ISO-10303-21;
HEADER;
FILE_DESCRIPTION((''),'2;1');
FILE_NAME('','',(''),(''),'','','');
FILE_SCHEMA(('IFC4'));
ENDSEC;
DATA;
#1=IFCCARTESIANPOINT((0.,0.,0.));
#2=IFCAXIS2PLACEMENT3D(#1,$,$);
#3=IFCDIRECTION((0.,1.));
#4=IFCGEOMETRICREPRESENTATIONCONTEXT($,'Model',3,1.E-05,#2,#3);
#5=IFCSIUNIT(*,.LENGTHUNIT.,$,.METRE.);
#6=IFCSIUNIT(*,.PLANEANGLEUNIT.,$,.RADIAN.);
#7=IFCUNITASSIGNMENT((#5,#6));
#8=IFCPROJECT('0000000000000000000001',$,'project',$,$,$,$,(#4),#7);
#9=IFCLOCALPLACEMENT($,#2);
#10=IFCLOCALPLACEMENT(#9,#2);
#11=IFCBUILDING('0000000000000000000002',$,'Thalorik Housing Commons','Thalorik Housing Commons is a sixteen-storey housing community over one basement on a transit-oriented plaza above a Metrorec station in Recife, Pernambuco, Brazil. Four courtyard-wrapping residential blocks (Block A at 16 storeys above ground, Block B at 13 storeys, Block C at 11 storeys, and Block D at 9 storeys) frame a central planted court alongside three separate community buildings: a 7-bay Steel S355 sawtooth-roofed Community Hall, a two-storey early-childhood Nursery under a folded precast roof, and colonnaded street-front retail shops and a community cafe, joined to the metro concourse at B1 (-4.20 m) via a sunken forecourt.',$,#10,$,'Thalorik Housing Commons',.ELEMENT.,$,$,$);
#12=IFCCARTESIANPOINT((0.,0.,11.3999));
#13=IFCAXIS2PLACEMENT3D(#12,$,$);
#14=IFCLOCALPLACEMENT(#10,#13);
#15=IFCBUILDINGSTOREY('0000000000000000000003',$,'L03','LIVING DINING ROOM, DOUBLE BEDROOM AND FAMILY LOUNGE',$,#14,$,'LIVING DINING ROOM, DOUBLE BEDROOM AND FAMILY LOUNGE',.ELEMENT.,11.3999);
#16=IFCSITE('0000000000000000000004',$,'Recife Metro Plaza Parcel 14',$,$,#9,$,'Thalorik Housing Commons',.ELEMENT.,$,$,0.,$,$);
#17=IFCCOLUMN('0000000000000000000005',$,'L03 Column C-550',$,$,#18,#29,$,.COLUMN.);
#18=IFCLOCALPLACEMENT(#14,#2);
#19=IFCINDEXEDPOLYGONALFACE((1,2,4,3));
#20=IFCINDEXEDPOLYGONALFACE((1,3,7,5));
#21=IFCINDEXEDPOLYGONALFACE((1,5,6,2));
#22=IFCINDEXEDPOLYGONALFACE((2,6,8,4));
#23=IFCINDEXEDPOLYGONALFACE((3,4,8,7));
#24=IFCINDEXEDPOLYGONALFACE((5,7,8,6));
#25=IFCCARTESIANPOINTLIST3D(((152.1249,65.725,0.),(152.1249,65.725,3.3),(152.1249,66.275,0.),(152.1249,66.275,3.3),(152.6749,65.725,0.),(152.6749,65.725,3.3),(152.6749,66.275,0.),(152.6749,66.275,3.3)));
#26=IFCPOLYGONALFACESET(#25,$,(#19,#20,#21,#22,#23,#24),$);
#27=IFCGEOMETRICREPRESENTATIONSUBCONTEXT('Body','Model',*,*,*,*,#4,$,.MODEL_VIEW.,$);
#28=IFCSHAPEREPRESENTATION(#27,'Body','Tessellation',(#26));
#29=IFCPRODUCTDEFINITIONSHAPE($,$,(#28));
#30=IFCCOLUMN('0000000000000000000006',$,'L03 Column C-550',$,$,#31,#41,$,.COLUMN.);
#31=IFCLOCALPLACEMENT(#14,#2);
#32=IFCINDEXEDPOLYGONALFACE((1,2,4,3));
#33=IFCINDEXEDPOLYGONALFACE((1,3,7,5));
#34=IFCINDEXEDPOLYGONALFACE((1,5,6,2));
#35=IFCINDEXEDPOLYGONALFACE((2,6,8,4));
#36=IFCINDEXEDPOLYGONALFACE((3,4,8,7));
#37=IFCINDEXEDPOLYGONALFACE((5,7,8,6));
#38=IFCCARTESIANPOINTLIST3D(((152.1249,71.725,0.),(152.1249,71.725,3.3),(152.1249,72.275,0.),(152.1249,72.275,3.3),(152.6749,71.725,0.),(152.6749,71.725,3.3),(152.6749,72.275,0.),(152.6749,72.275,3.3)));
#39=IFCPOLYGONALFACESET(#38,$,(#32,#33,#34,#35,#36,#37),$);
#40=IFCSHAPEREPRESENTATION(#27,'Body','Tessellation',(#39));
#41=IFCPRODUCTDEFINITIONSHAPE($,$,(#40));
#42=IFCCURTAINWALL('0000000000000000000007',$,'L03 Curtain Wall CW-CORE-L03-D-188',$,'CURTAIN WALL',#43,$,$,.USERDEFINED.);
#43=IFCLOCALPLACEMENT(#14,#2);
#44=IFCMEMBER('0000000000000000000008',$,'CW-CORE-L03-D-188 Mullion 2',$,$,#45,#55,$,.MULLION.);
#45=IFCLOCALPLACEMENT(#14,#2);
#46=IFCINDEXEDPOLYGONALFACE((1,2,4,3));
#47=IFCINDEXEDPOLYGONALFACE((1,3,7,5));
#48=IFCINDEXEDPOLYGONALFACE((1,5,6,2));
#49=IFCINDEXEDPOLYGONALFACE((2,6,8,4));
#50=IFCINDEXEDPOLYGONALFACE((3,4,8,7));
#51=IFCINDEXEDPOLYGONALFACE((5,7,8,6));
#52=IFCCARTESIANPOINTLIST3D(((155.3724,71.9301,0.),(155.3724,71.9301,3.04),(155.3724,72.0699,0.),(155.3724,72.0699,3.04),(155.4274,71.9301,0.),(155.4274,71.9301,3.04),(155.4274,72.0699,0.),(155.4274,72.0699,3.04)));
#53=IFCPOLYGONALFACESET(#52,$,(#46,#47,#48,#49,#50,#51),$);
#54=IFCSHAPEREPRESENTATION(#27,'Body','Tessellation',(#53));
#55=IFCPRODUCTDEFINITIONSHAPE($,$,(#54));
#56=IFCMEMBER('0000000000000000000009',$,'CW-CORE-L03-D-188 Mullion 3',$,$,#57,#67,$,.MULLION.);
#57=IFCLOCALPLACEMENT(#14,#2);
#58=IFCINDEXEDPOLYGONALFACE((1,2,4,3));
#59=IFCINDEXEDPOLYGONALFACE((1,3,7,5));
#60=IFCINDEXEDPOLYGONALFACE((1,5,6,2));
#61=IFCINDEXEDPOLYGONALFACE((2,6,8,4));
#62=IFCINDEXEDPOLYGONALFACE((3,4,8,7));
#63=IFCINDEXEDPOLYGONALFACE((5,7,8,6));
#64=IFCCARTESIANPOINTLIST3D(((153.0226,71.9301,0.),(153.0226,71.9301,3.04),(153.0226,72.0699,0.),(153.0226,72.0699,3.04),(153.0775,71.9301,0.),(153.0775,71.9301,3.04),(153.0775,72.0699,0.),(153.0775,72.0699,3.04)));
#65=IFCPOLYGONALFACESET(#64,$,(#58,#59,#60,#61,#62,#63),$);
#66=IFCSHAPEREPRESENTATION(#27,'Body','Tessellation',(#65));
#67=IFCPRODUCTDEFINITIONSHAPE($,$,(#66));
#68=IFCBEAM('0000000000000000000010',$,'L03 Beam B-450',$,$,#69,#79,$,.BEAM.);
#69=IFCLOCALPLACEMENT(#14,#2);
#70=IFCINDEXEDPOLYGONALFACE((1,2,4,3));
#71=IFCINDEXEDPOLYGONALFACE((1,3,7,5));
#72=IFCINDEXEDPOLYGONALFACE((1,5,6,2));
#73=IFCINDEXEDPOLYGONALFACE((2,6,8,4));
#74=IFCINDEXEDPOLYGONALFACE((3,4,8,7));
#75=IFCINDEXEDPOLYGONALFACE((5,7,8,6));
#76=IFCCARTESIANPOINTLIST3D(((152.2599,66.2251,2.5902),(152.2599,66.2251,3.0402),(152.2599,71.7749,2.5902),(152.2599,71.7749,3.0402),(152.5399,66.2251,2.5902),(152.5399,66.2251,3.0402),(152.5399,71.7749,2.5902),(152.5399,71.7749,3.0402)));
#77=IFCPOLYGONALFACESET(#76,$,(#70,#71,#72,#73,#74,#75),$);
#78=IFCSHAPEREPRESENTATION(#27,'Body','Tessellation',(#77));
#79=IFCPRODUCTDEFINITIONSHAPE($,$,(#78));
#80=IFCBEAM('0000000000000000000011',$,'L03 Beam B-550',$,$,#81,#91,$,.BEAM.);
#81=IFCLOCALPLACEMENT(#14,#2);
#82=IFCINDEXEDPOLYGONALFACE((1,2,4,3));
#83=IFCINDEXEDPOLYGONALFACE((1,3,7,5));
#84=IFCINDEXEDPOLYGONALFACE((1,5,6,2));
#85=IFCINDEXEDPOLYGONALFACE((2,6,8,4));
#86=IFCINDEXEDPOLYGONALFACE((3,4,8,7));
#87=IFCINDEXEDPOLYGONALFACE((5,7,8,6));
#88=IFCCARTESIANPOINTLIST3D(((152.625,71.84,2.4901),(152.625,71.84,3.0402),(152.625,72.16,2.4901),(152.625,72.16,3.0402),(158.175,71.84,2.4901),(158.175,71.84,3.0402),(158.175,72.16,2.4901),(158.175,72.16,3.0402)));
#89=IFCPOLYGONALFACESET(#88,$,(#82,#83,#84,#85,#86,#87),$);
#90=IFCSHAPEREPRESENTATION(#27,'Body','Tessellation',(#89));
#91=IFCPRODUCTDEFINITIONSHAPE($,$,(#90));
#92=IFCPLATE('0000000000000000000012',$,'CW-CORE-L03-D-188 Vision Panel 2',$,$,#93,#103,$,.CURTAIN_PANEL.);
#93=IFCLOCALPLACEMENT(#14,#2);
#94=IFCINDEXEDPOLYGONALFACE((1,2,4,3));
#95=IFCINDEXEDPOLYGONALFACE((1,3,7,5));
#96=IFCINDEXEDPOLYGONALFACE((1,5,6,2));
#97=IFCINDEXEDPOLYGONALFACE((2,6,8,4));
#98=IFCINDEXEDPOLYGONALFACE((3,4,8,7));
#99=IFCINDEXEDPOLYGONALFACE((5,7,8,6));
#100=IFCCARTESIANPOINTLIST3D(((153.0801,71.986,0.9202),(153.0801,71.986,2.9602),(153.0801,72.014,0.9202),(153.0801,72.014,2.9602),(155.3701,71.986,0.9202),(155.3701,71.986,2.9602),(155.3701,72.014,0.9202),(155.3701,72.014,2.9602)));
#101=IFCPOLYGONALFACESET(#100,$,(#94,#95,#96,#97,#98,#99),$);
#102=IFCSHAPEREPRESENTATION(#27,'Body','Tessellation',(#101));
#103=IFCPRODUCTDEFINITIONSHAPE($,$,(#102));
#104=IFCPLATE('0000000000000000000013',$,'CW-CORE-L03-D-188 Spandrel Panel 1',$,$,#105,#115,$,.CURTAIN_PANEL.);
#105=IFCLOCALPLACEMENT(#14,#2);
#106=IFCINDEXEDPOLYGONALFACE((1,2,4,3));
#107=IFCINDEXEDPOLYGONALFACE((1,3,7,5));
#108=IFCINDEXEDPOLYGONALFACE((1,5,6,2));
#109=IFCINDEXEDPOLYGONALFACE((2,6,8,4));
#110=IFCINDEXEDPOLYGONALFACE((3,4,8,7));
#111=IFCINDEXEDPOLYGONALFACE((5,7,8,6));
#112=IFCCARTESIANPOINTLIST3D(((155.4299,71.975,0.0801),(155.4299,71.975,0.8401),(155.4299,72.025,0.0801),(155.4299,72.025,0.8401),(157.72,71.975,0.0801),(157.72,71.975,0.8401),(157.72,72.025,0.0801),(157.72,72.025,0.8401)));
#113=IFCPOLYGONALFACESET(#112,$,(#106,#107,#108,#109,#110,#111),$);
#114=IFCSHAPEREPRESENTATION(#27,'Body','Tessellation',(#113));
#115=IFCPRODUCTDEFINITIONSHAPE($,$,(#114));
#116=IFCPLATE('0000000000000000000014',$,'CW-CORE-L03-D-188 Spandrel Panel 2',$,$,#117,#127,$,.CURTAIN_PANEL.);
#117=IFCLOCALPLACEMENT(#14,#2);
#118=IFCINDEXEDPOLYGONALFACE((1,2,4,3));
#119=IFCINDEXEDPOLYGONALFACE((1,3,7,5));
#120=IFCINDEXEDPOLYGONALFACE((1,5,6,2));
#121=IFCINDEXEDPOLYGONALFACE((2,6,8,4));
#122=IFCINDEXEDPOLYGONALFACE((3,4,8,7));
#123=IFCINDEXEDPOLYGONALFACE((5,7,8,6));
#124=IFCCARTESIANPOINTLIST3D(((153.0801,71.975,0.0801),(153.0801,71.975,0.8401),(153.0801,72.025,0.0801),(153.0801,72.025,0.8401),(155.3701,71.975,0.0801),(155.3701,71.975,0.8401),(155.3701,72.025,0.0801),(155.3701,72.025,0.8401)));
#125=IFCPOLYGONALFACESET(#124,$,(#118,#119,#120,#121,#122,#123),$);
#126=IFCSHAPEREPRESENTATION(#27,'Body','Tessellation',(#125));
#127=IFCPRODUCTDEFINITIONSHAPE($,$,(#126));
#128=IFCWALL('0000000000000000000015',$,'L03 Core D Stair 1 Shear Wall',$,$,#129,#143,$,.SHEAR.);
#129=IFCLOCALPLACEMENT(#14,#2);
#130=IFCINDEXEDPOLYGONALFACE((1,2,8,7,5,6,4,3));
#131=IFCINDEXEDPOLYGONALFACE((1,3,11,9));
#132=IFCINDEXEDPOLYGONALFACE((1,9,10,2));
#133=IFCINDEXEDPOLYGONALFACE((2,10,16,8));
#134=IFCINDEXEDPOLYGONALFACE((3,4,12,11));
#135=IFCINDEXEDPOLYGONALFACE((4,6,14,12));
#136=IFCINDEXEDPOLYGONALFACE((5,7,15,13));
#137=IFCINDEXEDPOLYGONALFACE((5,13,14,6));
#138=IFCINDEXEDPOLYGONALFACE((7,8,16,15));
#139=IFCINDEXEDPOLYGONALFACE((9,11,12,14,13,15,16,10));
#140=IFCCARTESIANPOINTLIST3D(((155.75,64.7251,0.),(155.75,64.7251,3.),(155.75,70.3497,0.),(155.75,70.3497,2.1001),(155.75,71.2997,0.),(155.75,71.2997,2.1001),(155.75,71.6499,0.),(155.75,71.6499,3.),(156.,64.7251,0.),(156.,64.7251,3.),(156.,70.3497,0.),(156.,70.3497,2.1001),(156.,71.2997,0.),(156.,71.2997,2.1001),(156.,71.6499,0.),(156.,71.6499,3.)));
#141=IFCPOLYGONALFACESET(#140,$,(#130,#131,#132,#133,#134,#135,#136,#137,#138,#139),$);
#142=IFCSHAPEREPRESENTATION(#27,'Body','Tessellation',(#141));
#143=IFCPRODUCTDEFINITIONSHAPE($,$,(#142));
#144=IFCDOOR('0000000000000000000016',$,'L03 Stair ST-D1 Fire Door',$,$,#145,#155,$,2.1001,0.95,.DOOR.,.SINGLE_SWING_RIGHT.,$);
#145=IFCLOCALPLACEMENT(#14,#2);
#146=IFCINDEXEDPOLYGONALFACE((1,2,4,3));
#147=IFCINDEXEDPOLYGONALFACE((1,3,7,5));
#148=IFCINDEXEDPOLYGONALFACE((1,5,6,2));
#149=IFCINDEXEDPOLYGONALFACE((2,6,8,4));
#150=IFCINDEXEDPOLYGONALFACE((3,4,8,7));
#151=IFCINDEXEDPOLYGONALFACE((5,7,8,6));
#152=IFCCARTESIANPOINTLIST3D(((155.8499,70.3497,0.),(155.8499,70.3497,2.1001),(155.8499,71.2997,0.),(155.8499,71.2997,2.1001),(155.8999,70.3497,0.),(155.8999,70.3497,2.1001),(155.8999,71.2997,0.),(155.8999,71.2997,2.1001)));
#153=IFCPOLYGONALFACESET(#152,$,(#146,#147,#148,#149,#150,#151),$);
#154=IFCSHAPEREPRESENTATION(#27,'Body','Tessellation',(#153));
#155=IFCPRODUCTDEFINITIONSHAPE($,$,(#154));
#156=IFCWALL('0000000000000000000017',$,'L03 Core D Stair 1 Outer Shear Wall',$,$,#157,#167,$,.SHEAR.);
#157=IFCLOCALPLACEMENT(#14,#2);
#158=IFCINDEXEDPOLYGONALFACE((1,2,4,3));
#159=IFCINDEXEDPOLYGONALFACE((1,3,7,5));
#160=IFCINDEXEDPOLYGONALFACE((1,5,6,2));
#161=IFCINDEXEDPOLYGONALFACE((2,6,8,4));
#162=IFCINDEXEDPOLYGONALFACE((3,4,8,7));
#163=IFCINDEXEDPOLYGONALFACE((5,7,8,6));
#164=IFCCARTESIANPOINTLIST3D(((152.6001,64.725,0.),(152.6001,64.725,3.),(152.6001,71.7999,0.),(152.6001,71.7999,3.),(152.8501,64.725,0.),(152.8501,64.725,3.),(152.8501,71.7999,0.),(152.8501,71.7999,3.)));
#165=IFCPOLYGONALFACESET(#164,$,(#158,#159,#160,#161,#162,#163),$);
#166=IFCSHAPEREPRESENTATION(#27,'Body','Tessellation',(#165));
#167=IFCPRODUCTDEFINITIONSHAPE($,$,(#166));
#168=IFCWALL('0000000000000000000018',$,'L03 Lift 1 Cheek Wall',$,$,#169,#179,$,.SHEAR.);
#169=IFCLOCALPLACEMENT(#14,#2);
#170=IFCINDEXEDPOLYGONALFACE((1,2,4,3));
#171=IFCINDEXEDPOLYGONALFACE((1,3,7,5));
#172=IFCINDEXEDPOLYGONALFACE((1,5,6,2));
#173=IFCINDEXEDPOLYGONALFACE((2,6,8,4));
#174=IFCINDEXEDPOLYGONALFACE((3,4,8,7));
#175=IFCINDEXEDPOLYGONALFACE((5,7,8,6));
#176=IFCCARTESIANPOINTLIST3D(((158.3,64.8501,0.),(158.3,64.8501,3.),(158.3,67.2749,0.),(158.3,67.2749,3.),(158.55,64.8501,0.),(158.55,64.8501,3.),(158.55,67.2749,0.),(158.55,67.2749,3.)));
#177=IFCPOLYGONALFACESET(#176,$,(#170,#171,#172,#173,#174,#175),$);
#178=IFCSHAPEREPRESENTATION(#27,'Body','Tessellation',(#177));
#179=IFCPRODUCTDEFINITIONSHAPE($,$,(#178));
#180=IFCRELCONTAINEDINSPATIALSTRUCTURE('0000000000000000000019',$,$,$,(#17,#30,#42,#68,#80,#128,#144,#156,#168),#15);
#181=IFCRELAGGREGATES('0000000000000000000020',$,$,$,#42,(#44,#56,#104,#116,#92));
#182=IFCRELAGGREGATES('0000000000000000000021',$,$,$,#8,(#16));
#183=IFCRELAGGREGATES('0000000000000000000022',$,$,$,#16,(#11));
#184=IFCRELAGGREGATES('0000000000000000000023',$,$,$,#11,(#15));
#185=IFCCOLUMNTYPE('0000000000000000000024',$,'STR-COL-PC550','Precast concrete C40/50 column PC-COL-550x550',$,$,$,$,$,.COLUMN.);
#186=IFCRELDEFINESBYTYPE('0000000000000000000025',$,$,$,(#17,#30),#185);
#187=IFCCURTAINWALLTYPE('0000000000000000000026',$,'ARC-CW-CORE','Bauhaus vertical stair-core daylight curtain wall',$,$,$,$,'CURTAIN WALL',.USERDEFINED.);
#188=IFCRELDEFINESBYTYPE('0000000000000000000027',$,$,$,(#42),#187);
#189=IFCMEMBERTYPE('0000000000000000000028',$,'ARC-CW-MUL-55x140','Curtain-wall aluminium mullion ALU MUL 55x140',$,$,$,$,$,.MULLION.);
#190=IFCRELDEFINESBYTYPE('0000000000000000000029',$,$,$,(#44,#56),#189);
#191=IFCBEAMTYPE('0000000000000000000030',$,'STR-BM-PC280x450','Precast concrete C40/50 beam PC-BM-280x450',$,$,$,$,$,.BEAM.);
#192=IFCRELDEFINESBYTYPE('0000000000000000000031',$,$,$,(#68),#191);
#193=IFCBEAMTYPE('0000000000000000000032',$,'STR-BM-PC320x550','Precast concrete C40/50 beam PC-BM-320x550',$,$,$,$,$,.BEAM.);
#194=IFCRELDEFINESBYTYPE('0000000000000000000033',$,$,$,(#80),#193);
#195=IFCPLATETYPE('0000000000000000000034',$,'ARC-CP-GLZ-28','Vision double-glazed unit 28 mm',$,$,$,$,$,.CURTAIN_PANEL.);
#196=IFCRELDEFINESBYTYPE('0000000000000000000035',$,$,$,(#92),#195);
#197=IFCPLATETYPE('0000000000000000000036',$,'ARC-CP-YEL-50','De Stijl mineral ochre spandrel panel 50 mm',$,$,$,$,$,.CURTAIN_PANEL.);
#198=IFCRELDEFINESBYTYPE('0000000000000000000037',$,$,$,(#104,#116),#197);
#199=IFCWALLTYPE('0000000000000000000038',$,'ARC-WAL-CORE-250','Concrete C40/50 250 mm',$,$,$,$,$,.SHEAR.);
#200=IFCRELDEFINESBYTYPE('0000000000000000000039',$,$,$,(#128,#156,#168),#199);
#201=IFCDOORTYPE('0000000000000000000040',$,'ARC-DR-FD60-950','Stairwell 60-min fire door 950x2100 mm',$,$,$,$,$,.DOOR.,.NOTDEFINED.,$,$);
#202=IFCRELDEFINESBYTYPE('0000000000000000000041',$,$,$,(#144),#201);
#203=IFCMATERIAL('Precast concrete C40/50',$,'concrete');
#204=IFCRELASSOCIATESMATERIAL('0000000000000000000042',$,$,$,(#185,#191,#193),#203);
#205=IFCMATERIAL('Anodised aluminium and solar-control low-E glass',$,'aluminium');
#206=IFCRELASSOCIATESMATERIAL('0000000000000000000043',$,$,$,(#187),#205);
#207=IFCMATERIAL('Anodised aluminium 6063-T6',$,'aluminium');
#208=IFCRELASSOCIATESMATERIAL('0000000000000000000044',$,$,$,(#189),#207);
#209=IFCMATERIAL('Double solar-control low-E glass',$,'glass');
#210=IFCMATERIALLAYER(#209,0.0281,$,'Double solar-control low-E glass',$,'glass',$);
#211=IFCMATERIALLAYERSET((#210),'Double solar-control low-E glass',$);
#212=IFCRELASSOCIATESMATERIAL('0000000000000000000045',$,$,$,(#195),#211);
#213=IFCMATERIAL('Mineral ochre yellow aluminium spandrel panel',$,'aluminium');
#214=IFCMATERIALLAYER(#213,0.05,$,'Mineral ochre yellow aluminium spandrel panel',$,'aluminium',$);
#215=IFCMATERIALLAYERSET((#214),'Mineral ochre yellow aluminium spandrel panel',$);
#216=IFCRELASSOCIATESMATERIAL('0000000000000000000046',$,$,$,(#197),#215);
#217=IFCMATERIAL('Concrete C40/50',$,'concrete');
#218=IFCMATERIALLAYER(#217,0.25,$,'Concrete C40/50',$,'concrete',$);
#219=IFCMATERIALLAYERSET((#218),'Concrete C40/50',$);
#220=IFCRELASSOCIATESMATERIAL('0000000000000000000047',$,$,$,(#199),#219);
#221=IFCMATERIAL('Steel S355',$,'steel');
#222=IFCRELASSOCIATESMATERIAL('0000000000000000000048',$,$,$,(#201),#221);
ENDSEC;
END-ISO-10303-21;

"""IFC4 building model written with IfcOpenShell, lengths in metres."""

from ifc_helpers import new_model, si_unit, direction, frame, frame_2d, origin, origin_2d, place, context, subcontext, project, spatial, rectangle, extrude, material, layer, layer_set, material_profile, profile_set, type_object, element, fill, aggregate, save


model = new_model("IFC4")

# Units and contexts
model_context = context("Model", 3, precision=1e-05, world=origin(), true_north=direction((0.0, 1.0)))
body_context = subcontext(model_context, "Body", "Model", "MODEL_VIEW")
ifc_project = project(units=[si_unit("LENGTHUNIT", "METRE"), si_unit("PLANEANGLEUNIT", "RADIAN")], contexts=[model_context])

# Site, building, storey
site_placement = place(None, origin())
site = spatial("IfcSite", under=ifc_project, at=site_placement, Name="Recife Metro Plaza Parcel 14", LongName="Thalorik Housing Commons", CompositionType="ELEMENT", RefElevation=0.0)
building_placement = place(site_placement, origin())
building = spatial("IfcBuilding", under=site, at=building_placement, Name="Thalorik Housing Commons", Description="Thalorik Housing Commons is a sixteen-storey housing community over one basement on a transit-oriented plaza above a Metrorec station in Recife, Pernambuco, Brazil. Four courtyard-wrapping residential blocks (Block A at 16 storeys above ground, Block B at 13 storeys, Block C at 11 storeys, and Block D at 9 storeys) frame a central planted court alongside three separate community buildings: a 7-bay Steel S355 sawtooth-roofed Community Hall, a two-storey early-childhood Nursery under a folded precast roof, and colonnaded street-front retail shops and a community cafe, joined to the metro concourse at B1 (-4.20 m) via a sunken forecourt.", LongName="Thalorik Housing Commons", CompositionType="ELEMENT")
storey_placement = place(building_placement, frame((0.0, 0.0, 11.3999)))
storey = spatial("IfcBuildingStorey", under=building, at=storey_placement, Name="L03", Description="LIVING DINING ROOM, DOUBLE BEDROOM AND FAMILY LOUNGE", LongName="LIVING DINING ROOM, DOUBLE BEDROOM AND FAMILY LOUNGE", CompositionType="ELEMENT", Elevation=11.3999)

# Columns
ifc_material_1 = material(Name="Precast concrete C40/50", Category="concrete")
ifc_material_profile_1 = material_profile(ifc_material_1, rectangle(XDim=0.55, YDim=0.55, at=origin_2d()), Name="PC 550x550", Category="concrete")
ifc_profile_set_1 = profile_set([ifc_material_profile_1], Name="Precast concrete C40/50")
column_type = type_object("IfcColumnType", Name="STR-COL-PC550", Description="Precast concrete C40/50 column PC-COL-550x550", PredefinedType="COLUMN", material=ifc_profile_set_1)
for number, where, z_axis, x_axis, name in (
    (1, (152.3999, 66.0, 0.0), (0.0, 0.0, 1.0), (1.0, 0.0, 0.0), "L03 Column C-550"),
    (2, (152.3999, 72.0, 0.0), (0.0, 0.0, 1.0), (1.0, 0.0, 0.0), "L03 Column C-550"),
):
    element("IfcColumn", number, at=place(storey_placement, frame(where, z_axis=z_axis, x_axis=x_axis)), inside=storey, type_object=column_type, Name=name, PredefinedType="COLUMN", context=body_context, shape_type="SweptSolid", body=[
        extrude(rectangle(XDim=0.55, YDim=0.55, at=origin_2d()), origin(), (0.0, 0.0, 1.0), 3.3),
    ])

# Curtain wall, members
ifc_material_2 = material(Name="Anodised aluminium and solar-control low-E glass", Category="aluminium")
curtain_wall_type = type_object("IfcCurtainWallType", Name="ARC-CW-CORE", Description="Bauhaus vertical stair-core daylight curtain wall", ElementType="CURTAIN WALL", PredefinedType="USERDEFINED", material=ifc_material_2)
curtain_wall_placement = place(storey_placement, origin())
curtain_wall = element("IfcCurtainWall", 3, at=curtain_wall_placement, inside=storey, type_object=curtain_wall_type, Name="L03 Curtain Wall CW-CORE-L03-D-188", ObjectType="CURTAIN WALL", PredefinedType="USERDEFINED")
ifc_material_3 = material(Name="Anodised aluminium 6063-T6", Category="aluminium")
ifc_material_profile_2 = material_profile(ifc_material_3, rectangle(XDim=0.0549, YDim=0.1399, at=origin_2d()), Name="ALU MUL 55x140", Category="aluminium")
ifc_profile_set_2 = profile_set([ifc_material_profile_2], Name="Anodised aluminium 6063-T6")
member_type = type_object("IfcMemberType", Name="ARC-CW-MUL-55x140", Description="Curtain-wall aluminium mullion ALU MUL 55x140", PredefinedType="MULLION", material=ifc_profile_set_2)
member_1_placement = place(storey_placement, frame((155.3999, 72.0, 0.0), z_axis=(0.0, 0.0, 1.0), x_axis=(-1.0, 0.0, 0.0)))
member_1 = element("IfcMember", 4, at=member_1_placement, type_object=member_type, Name="CW-CORE-L03-D-188 Mullion 2", PredefinedType="MULLION", context=body_context, shape_type="SweptSolid", body=[
    extrude(rectangle(XDim=0.0549, YDim=0.1399, at=origin_2d()), origin(), (0.0, 0.0, 1.0), 3.04),
])
member_2_placement = place(storey_placement, frame((153.05, 72.0, 0.0), z_axis=(0.0, 0.0, 1.0), x_axis=(-1.0, 0.0, 0.0)))
member_2 = element("IfcMember", 5, at=member_2_placement, type_object=member_type, Name="CW-CORE-L03-D-188 Mullion 3", PredefinedType="MULLION", context=body_context, shape_type="SweptSolid", body=[
    extrude(rectangle(XDim=0.0549, YDim=0.1399, at=origin_2d()), origin(), (0.0, 0.0, 1.0), 3.04),
])

# Beams
ifc_material_profile_3 = material_profile(ifc_material_1, rectangle(XDim=0.28, YDim=0.45, at=origin_2d()), Name="PC 280x450", Category="concrete")
ifc_profile_set_3 = profile_set([ifc_material_profile_3], Name="Precast concrete C40/50")
beam_type_1 = type_object("IfcBeamType", Name="STR-BM-PC280x450", Description="Precast concrete C40/50 beam PC-BM-280x450", PredefinedType="BEAM", material=ifc_profile_set_3)
beam_1_placement = place(storey_placement, frame((152.3999, 66.2251, 2.8152), z_axis=(0.0, 1.0, 0.0), x_axis=(-1.0, 0.0, 0.0)))
element("IfcBeam", 6, at=beam_1_placement, inside=storey, type_object=beam_type_1, Name="L03 Beam B-450", PredefinedType="BEAM", context=body_context, shape_type="SweptSolid", body=[
    extrude(rectangle(XDim=0.28, YDim=0.45, at=origin_2d()), origin(), (0.0, 0.0, 1.0), 5.5498),
])
ifc_material_profile_4 = material_profile(ifc_material_1, rectangle(XDim=0.3201, YDim=0.55, at=origin_2d()), Name="PC 320x550", Category="concrete")
ifc_profile_set_4 = profile_set([ifc_material_profile_4], Name="Precast concrete C40/50")
beam_type_2 = type_object("IfcBeamType", Name="STR-BM-PC320x550", Description="Precast concrete C40/50 beam PC-BM-320x550", PredefinedType="BEAM", material=ifc_profile_set_4)
beam_2_placement = place(storey_placement, frame((152.625, 72.0, 2.7651), z_axis=(1.0, 0.0, 0.0), x_axis=(0.0, 1.0, 0.0)))
element("IfcBeam", 7, at=beam_2_placement, inside=storey, type_object=beam_type_2, Name="L03 Beam B-550", PredefinedType="BEAM", context=body_context, shape_type="SweptSolid", body=[
    extrude(rectangle(XDim=0.3201, YDim=0.55, at=origin_2d()), origin(), (0.0, 0.0, 1.0), 5.55),
])

# Plates
ifc_material_4 = material(Name="Double solar-control low-E glass", Category="glass")
ifc_layer_1 = layer(ifc_material_4, 0.0281, Name="Double solar-control low-E glass", Category="glass")
ifc_layer_set_1 = layer_set([ifc_layer_1], Name="Double solar-control low-E glass")
plate_type_1 = type_object("IfcPlateType", Name="ARC-CP-GLZ-28", Description="Vision double-glazed unit 28 mm", PredefinedType="CURTAIN_PANEL", material=ifc_layer_set_1)
plate_1_placement = place(storey_placement, frame((154.2251, 72.0, 0.9202), z_axis=(0.0, 0.0, 1.0), x_axis=(-1.0, 0.0, 0.0)))
plate_1 = element("IfcPlate", 8, at=plate_1_placement, type_object=plate_type_1, Name="CW-CORE-L03-D-188 Vision Panel 2", PredefinedType="CURTAIN_PANEL", context=body_context, shape_type="SweptSolid", body=[
    extrude(rectangle(XDim=2.29, YDim=0.0281, at=origin_2d()), origin(), (0.0, 0.0, 1.0), 2.04),
])
ifc_material_5 = material(Name="Mineral ochre yellow aluminium spandrel panel", Category="aluminium")
ifc_layer_2 = layer(ifc_material_5, 0.05, Name="Mineral ochre yellow aluminium spandrel panel", Category="aluminium")
ifc_layer_set_2 = layer_set([ifc_layer_2], Name="Mineral ochre yellow aluminium spandrel panel")
plate_type_2 = type_object("IfcPlateType", Name="ARC-CP-YEL-50", Description="De Stijl mineral ochre spandrel panel 50 mm", PredefinedType="CURTAIN_PANEL", material=ifc_layer_set_2)
plate_2_placement = place(storey_placement, frame((156.575, 72.0, 0.0801), z_axis=(0.0, 0.0, 1.0), x_axis=(-1.0, 0.0, 0.0)))
plate_2 = element("IfcPlate", 9, at=plate_2_placement, type_object=plate_type_2, Name="CW-CORE-L03-D-188 Spandrel Panel 1", PredefinedType="CURTAIN_PANEL", context=body_context, shape_type="SweptSolid", body=[
    extrude(rectangle(XDim=2.29, YDim=0.05, at=origin_2d()), origin(), (0.0, 0.0, 1.0), 0.76),
])
plate_3_placement = place(storey_placement, frame((154.2251, 72.0, 0.0801), z_axis=(0.0, 0.0, 1.0), x_axis=(-1.0, 0.0, 0.0)))
plate_3 = element("IfcPlate", 10, at=plate_3_placement, type_object=plate_type_2, Name="CW-CORE-L03-D-188 Spandrel Panel 2", PredefinedType="CURTAIN_PANEL", context=body_context, shape_type="SweptSolid", body=[
    extrude(rectangle(XDim=2.29, YDim=0.05, at=origin_2d()), origin(), (0.0, 0.0, 1.0), 0.76),
])
aggregate(curtain_wall, [member_1, member_2, plate_2, plate_3, plate_1])

# Wall, opening, door
ifc_material_6 = material(Name="Concrete C40/50", Category="concrete")
ifc_layer_3 = layer(ifc_material_6, 0.25, Name="Concrete C40/50", Category="concrete")
ifc_layer_set_3 = layer_set([ifc_layer_3], Name="Concrete C40/50")
wall_type_1 = type_object("IfcWallType", Name="ARC-WAL-CORE-250", Description="Concrete C40/50 250 mm", PredefinedType="SHEAR", material=ifc_layer_set_3)
wall_1_placement = place(storey_placement, frame((155.875, 71.6499, 0.0), z_axis=(0.0, 0.0, 1.0), x_axis=(0.0, -1.0, 0.0)))
wall_1 = element("IfcWall", 11, at=wall_1_placement, inside=storey, type_object=wall_type_1, Name="L03 Core D Stair 1 Shear Wall", PredefinedType="SHEAR", context=body_context, shape_type="SweptSolid", body=[
    extrude(rectangle(XDim=6.9248, YDim=0.25, at=frame_2d((3.4624, 0.0))), origin(), (0.0, 0.0, 1.0), 3.0),
])
opening_1_placement = place(wall_1_placement, frame((0.3501, 0.0, 0.0)))
opening_1 = element("IfcOpeningElement", 12, at=opening_1_placement, cuts=wall_1, PredefinedType="OPENING", context=body_context, shape_type="SweptSolid", body=[
    extrude(rectangle(XDim=0.95, YDim=2.1001, at=frame_2d((0.4751, 1.05))), frame((0.0, 0.135, 0.0), z_axis=(0.0, -1.0, 0.0), x_axis=(1.0, 0.0, 0.0)), (0.0, 0.0, 1.0), 0.27),
])
ifc_material_7 = material(Name="Steel S355", Category="steel")
door_type_1 = type_object("IfcDoorType", Name="ARC-DR-FD60-950", Description="Stairwell 60-min fire door 950x2100 mm", OperationType="NOTDEFINED", PredefinedType="DOOR", material=ifc_material_7)
door_1_placement = place(opening_1_placement, origin())
door_1 = element("IfcDoor", 13, at=door_1_placement, inside=storey, type_object=door_type_1, Name="L03 Stair ST-D1 Fire Door", OperationType="SINGLE_SWING_RIGHT", OverallHeight=2.1001, OverallWidth=0.95, PredefinedType="DOOR", context=body_context, shape_type="SweptSolid", body=[
    extrude(rectangle(XDim=0.95, YDim=2.1001, at=frame_2d((0.4751, 1.05))), frame((0.0, 0.0249, 0.0), z_axis=(0.0, -1.0, 0.0), x_axis=(1.0, 0.0, 0.0)), (0.0, 0.0, 1.0), 0.05),
])
fill(opening_1, door_1)

# Wall
wall_2_placement = place(storey_placement, frame((152.7251, 71.8, 0.0), z_axis=(0.0, 0.0, 1.0), x_axis=(0.0, -1.0, 0.0)))
element("IfcWall", 14, at=wall_2_placement, inside=storey, type_object=wall_type_1, Name="L03 Core D Stair 1 Outer Shear Wall", PredefinedType="SHEAR", context=body_context, shape_type="SweptSolid", body=[
    extrude(rectangle(XDim=7.075, YDim=0.25, at=frame_2d((3.5376, 0.0))), origin(), (0.0, 0.0, 1.0), 3.0),
])

# Wall
for number, where, z_axis, x_axis, name in (
    (15, (158.425, 67.2749, 0.0), (0.0, 0.0, 1.0), (0.0, -1.0, 0.0), "L03 Lift 1 Cheek Wall"),
):
    element("IfcWall", number, at=place(storey_placement, frame(where, z_axis=z_axis, x_axis=x_axis)), inside=storey, type_object=wall_type_1, Name=name, PredefinedType="SHEAR", context=body_context, shape_type="SweptSolid", body=[
        extrude(rectangle(XDim=2.4248, YDim=0.25, at=frame_2d((1.2124, 0.0))), origin(), (0.0, 0.0, 1.0), 3.0),
    ])

save(model, "model.ifc")
